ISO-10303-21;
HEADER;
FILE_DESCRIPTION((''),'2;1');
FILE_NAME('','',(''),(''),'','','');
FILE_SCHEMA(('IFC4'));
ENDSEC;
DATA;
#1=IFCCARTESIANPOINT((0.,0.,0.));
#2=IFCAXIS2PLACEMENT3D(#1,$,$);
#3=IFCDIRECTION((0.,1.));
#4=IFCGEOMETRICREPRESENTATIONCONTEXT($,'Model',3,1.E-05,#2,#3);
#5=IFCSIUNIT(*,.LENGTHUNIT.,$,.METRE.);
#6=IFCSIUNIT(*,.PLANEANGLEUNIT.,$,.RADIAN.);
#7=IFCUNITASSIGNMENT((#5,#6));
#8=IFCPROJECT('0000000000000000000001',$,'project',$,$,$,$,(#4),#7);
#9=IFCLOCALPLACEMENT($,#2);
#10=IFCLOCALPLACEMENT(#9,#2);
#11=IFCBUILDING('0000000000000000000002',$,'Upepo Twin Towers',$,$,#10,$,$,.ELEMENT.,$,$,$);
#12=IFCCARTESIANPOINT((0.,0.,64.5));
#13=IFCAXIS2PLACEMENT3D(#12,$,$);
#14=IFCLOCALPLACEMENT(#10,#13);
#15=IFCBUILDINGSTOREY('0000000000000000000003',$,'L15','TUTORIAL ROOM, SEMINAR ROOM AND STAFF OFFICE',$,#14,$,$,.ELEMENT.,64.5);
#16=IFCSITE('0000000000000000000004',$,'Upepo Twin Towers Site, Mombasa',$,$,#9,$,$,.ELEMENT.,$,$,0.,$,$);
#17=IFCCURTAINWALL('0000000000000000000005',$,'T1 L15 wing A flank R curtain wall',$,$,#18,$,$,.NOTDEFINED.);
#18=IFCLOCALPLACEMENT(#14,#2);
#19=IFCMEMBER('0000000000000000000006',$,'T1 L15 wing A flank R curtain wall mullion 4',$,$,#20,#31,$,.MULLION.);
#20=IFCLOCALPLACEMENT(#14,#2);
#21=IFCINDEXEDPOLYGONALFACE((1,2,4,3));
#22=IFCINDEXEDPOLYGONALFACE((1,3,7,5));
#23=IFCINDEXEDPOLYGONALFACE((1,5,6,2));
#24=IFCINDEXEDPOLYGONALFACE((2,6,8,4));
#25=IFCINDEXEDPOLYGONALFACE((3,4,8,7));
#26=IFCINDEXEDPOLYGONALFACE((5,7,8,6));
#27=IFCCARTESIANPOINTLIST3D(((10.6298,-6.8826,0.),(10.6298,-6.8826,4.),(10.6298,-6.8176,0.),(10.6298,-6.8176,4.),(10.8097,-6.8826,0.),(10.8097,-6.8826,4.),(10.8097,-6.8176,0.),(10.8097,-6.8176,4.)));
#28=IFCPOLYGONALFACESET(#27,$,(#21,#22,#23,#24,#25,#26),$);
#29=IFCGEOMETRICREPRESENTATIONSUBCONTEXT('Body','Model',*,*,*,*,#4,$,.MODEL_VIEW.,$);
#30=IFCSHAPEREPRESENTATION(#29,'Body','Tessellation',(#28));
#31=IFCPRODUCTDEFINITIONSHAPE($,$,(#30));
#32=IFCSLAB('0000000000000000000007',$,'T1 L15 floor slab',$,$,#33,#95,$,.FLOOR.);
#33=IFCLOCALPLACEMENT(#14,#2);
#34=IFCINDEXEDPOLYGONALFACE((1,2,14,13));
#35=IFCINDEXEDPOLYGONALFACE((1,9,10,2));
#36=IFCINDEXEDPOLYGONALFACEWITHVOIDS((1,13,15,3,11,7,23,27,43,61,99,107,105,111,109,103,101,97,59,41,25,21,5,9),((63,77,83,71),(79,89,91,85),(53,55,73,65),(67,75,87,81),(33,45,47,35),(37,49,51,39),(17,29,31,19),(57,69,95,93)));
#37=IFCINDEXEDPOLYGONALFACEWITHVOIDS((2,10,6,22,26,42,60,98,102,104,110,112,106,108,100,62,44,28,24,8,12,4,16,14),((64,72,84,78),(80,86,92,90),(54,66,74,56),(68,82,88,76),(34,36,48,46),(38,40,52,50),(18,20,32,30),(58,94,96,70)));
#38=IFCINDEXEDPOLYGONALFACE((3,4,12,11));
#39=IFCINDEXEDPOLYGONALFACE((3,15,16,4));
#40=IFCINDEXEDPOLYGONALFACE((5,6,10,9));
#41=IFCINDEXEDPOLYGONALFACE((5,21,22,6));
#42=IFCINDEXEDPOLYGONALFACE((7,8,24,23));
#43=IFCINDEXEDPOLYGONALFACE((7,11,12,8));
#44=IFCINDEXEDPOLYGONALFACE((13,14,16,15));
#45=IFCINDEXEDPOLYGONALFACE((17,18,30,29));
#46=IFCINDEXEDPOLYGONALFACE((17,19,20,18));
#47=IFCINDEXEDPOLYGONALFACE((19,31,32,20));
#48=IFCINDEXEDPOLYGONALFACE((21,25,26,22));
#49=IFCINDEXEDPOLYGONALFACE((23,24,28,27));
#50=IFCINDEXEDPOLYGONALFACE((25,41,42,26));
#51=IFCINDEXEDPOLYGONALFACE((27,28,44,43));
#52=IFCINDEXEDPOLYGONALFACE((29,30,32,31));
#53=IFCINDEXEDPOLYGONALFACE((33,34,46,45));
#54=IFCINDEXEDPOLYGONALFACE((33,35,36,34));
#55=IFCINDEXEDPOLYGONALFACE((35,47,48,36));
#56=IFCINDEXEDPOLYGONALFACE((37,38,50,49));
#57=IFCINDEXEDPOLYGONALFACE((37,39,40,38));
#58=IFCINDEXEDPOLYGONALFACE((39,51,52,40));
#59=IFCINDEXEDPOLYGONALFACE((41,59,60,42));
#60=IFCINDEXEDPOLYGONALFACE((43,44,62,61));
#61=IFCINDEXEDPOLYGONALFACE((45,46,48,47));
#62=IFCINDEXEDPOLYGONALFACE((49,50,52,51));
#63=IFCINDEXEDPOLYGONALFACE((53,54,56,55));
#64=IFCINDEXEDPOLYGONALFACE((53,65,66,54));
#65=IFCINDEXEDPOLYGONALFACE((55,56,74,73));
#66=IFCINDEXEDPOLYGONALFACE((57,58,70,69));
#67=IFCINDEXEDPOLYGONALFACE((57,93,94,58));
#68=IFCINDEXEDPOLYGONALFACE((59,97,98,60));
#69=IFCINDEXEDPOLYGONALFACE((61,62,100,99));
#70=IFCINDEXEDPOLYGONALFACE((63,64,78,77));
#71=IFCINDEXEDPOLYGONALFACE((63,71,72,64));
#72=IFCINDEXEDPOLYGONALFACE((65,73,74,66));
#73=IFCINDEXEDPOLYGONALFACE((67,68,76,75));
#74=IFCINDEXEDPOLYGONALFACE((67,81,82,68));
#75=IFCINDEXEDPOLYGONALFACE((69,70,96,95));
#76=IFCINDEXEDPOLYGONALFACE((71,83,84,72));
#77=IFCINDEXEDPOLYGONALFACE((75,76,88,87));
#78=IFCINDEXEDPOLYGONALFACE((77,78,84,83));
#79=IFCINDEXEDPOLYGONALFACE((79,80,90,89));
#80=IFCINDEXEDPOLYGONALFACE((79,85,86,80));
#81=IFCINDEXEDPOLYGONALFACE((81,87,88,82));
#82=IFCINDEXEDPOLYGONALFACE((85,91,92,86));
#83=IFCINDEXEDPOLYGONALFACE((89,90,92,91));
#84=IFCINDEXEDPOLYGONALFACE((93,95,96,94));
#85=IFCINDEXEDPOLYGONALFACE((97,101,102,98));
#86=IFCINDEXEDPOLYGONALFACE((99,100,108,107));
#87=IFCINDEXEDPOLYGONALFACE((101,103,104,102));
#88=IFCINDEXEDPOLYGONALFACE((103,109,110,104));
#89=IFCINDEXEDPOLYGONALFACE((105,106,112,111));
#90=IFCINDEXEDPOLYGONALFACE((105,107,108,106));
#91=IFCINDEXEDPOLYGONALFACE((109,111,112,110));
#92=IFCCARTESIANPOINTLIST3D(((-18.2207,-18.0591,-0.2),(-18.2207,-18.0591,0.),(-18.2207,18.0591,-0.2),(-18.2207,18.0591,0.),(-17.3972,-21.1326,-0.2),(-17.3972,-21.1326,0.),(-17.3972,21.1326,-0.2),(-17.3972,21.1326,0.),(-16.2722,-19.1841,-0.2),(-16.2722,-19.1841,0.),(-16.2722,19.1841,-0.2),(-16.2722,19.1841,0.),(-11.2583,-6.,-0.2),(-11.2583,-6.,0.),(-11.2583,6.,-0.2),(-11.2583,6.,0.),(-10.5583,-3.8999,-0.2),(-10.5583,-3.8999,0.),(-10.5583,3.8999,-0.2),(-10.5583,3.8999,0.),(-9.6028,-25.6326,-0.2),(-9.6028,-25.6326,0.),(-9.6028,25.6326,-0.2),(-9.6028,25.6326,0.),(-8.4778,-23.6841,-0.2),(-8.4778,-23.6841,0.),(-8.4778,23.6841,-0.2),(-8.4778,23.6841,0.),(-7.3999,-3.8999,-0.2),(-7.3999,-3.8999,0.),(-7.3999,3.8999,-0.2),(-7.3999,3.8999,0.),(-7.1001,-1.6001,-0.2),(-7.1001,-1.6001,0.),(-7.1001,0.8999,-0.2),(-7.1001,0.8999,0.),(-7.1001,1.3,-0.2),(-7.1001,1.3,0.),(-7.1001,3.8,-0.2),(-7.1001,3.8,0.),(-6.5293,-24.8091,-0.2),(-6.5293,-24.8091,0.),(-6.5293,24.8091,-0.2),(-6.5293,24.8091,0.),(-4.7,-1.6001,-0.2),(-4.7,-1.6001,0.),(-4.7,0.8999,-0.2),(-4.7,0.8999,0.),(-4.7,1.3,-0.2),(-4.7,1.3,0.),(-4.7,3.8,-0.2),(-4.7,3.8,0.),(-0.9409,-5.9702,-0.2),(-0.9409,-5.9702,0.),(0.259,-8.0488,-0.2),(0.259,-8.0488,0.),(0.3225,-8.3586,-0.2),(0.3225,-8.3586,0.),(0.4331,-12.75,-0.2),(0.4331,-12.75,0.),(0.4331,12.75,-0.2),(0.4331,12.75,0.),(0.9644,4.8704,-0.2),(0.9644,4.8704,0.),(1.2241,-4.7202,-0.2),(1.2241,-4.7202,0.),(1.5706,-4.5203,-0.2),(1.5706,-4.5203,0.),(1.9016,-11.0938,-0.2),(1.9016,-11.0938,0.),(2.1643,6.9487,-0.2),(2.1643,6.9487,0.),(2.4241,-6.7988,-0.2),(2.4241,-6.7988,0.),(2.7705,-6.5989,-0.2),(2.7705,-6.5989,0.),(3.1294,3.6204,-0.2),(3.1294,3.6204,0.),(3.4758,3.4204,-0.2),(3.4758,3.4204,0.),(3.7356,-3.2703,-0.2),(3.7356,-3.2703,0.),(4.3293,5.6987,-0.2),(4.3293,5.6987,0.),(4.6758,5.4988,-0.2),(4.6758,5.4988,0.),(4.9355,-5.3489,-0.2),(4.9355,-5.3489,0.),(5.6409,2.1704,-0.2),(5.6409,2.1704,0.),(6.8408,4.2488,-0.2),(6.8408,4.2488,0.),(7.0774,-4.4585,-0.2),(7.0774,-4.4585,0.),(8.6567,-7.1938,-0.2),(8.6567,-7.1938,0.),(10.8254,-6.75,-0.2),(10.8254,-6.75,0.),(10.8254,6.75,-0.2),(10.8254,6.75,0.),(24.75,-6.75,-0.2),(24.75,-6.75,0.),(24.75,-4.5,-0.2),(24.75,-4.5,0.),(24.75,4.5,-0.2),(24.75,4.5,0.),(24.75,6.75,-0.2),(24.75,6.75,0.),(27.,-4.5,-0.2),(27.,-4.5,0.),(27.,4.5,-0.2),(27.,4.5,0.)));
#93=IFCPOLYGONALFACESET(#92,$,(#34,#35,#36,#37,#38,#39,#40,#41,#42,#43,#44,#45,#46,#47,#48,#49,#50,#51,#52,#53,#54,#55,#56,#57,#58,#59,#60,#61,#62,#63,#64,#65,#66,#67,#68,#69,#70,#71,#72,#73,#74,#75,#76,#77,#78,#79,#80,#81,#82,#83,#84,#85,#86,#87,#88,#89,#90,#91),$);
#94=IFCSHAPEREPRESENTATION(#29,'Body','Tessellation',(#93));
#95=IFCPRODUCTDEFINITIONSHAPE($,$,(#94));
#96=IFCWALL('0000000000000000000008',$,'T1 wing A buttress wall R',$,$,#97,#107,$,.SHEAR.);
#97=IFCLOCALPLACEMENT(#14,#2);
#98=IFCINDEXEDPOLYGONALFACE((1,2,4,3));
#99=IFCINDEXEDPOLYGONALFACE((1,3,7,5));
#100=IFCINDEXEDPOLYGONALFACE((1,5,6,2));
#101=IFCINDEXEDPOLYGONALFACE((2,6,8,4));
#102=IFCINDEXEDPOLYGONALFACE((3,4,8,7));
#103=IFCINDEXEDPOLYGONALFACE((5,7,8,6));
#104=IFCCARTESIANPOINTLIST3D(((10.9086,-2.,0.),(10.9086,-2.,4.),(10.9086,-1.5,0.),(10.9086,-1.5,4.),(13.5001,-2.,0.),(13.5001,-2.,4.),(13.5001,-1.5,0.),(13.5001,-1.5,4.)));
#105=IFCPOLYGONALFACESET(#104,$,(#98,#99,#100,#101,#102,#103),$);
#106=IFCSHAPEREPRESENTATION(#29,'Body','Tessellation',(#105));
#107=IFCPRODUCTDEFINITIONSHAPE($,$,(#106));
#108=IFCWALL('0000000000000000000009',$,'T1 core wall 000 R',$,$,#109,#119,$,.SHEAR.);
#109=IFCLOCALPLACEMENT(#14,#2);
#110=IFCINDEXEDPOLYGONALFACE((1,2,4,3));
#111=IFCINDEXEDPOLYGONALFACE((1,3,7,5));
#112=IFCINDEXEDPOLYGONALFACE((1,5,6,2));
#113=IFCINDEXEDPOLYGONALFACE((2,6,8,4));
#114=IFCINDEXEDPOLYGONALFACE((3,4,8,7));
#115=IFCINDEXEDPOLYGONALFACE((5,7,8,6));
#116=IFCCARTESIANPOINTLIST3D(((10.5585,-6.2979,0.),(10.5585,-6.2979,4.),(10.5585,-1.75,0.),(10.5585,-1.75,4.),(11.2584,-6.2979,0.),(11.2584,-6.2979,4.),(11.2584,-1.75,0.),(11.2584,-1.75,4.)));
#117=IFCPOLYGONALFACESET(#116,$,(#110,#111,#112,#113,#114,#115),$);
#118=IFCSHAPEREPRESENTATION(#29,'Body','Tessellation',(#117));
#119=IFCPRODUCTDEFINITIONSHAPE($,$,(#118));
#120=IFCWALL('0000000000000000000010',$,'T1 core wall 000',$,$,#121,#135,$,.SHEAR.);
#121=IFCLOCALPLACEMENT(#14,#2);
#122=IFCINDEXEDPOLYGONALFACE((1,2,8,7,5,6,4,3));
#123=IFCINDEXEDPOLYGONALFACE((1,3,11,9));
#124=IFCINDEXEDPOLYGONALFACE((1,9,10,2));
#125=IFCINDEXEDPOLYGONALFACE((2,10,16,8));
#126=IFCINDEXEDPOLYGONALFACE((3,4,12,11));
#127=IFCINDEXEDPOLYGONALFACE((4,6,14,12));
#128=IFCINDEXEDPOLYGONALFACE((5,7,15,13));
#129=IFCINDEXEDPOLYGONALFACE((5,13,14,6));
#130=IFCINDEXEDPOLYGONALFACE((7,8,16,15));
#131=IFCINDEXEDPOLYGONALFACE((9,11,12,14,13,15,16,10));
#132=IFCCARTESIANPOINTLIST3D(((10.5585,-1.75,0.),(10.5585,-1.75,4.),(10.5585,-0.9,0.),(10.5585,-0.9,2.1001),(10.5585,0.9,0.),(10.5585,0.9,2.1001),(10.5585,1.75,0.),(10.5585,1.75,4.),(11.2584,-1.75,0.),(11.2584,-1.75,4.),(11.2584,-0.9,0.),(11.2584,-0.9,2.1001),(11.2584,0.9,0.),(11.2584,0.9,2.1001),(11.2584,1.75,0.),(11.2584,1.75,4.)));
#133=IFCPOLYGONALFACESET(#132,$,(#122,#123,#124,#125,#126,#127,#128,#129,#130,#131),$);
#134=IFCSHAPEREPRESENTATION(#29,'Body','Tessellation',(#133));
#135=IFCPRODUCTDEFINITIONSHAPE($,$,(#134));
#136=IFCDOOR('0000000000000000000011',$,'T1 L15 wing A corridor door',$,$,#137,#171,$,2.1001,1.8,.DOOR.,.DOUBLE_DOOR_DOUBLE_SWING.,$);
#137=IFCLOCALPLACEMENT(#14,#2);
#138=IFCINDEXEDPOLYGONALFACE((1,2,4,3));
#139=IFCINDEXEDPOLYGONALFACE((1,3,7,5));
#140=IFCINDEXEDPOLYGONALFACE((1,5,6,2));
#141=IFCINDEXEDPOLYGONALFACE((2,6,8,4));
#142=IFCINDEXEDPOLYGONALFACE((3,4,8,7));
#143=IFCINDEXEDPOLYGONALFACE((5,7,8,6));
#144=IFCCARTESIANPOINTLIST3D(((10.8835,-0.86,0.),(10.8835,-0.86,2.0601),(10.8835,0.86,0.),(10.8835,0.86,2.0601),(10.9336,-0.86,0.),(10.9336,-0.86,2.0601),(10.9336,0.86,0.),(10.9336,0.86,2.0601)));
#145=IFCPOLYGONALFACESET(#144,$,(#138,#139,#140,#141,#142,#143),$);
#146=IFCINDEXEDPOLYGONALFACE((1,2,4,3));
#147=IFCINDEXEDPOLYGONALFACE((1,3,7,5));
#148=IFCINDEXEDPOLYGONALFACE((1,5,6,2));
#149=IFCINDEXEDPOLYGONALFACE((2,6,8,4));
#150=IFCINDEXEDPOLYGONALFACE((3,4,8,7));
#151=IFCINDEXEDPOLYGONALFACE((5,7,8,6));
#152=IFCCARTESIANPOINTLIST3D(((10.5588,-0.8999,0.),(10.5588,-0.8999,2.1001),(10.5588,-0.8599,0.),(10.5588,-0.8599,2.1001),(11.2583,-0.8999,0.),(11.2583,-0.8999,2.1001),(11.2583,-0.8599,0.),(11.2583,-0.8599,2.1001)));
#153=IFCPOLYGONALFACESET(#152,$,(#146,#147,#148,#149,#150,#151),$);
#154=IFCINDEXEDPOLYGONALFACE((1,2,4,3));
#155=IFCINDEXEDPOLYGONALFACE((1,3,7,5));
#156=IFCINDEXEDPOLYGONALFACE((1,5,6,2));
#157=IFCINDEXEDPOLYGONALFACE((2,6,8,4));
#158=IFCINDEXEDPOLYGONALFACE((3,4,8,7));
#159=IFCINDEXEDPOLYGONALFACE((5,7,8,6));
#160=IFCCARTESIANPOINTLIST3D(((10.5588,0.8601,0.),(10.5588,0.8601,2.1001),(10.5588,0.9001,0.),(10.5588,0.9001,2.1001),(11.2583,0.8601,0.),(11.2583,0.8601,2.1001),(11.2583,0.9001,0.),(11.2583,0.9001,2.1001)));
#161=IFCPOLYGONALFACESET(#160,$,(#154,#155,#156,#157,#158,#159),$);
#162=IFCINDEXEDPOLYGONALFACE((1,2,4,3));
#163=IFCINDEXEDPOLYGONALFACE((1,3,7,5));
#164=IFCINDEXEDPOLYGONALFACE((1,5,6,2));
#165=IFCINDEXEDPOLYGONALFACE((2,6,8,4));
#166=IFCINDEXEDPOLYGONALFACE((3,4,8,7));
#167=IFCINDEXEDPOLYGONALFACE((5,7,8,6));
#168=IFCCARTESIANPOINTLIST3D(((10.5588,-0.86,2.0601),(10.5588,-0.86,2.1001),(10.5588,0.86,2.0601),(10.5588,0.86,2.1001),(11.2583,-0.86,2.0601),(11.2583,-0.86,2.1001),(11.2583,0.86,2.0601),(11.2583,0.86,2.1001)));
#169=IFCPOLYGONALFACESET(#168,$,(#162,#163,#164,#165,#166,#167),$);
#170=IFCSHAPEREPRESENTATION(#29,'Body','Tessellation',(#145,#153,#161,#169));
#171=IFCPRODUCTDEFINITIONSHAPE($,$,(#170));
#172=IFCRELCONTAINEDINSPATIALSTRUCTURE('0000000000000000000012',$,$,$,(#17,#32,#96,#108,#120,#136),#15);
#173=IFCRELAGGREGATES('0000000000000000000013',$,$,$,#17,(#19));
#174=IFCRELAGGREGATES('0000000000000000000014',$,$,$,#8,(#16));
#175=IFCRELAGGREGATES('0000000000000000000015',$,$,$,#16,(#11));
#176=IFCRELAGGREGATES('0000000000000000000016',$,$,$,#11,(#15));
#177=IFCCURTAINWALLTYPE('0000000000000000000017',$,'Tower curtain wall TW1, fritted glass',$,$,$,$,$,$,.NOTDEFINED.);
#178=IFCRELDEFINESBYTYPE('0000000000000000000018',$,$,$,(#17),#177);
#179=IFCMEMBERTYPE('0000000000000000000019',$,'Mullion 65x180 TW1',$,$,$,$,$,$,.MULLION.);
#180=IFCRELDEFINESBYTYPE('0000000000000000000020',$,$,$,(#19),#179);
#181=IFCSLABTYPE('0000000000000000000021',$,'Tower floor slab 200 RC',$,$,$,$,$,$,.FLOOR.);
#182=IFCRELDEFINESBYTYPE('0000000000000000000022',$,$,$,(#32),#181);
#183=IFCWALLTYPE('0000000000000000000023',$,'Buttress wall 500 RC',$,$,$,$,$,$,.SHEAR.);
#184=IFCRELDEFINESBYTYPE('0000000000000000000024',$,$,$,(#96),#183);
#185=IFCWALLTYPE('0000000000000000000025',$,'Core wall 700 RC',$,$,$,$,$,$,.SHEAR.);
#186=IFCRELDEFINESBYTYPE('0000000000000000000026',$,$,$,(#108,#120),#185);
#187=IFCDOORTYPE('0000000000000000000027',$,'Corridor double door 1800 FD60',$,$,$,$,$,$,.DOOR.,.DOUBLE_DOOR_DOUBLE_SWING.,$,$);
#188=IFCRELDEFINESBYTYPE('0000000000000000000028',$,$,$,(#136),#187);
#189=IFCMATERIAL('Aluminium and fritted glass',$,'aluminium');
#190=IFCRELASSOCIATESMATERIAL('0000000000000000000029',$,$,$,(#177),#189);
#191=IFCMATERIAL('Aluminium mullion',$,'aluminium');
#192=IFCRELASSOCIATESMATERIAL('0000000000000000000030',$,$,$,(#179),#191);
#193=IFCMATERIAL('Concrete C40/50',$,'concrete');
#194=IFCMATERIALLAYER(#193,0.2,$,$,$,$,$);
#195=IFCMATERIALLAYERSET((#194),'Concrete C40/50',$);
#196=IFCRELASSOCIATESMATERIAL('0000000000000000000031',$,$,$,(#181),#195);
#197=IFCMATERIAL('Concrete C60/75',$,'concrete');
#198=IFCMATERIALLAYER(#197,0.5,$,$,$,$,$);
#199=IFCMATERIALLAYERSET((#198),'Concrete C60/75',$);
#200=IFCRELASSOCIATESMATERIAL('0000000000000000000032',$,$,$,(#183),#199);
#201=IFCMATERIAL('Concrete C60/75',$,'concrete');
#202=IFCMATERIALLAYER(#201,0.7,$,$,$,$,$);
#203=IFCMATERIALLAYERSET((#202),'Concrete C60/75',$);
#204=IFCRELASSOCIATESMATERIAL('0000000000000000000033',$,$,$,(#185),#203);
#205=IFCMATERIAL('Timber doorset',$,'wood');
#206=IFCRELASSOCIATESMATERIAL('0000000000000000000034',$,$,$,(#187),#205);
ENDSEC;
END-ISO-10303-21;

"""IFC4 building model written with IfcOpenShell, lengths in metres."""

from ifc_helpers import new_model, si_unit, direction, frame, frame_2d, origin, origin_2d, place, context, subcontext, project, spatial, polyline, rectangle, outline, extrude, material, layer, layer_set, material_profile, profile_set, type_object, element, fill, aggregate, save


model = new_model("IFC4")

# Units and contexts
model_context = context("Model", 3, precision=1e-05, world=origin(), true_north=direction((0.0, 1.0)))
body_context = subcontext(model_context, "Body", "Model", "MODEL_VIEW")
ifc_project = project(units=[si_unit("LENGTHUNIT", "METRE"), si_unit("PLANEANGLEUNIT", "RADIAN")], contexts=[model_context])

# Site, building, storey
site_placement = place(None, origin())
site = spatial("IfcSite", under=ifc_project, at=site_placement, Name="Upepo Twin Towers Site, Mombasa", CompositionType="ELEMENT", RefElevation=0.0)
building_placement = place(site_placement, origin())
building = spatial("IfcBuilding", under=site, at=building_placement, Name="Upepo Twin Towers", CompositionType="ELEMENT")
storey_placement = place(building_placement, frame((0.0, 0.0, 64.5)))
storey = spatial("IfcBuildingStorey", under=building, at=storey_placement, Name="L15", Description="TUTORIAL ROOM, SEMINAR ROOM AND STAFF OFFICE", CompositionType="ELEMENT", Elevation=64.5)

# Curtain wall, member
ifc_material_1 = material(Name="Aluminium and fritted glass", Category="aluminium")
curtain_wall_type = type_object("IfcCurtainWallType", Name="Tower curtain wall TW1, fritted glass", PredefinedType="NOTDEFINED", material=ifc_material_1)
curtain_wall_placement = place(storey_placement, origin())
curtain_wall = element("IfcCurtainWall", 1, at=curtain_wall_placement, inside=storey, type_object=curtain_wall_type, Name="T1 L15 wing A flank R curtain wall", PredefinedType="NOTDEFINED")
ifc_material_2 = material(Name="Aluminium mullion", Category="aluminium")
ifc_material_profile = material_profile(ifc_material_2, rectangle(XDim=0.0649, YDim=0.1799, at=origin_2d()), Name="MULLION 65x180")
ifc_profile_set = profile_set([ifc_material_profile], Name="Aluminium mullion")
member_type = type_object("IfcMemberType", Name="Mullion 65x180 TW1", PredefinedType="MULLION", material=ifc_profile_set)
member_placement = place(storey_placement, frame((10.7197, -6.8501, 0.0), z_axis=(0.0, 0.0, 1.0), x_axis=(0.0, -1.0, 0.0)))
member = element("IfcMember", 2, at=member_placement, type_object=member_type, Name="T1 L15 wing A flank R curtain wall mullion 4", PredefinedType="MULLION", context=body_context, shape_type="SweptSolid", body=[
    extrude(rectangle(XDim=0.0649, YDim=0.1799, at=origin_2d()), origin(), (0.0, 0.0, 1.0), 4.0),
])
aggregate(curtain_wall, [member])

# Slab
ifc_material_3 = material(Name="Concrete C40/50", Category="concrete")
ifc_layer_1 = layer(ifc_material_3, 0.2)
ifc_layer_set_1 = layer_set([ifc_layer_1], Name="Concrete C40/50")
slab_type = type_object("IfcSlabType", Name="Tower floor slab 200 RC", PredefinedType="FLOOR", material=ifc_layer_set_1)
slab_placement = place(storey_placement, frame((0.0, 0.0, -0.2)))
element("IfcSlab", 3, at=slab_placement, inside=storey, type_object=slab_type, Name="T1 L15 floor slab", PredefinedType="FLOOR", context=body_context, shape_type="SweptSolid", body=[
    extrude(outline(polyline([(-8.4778, -23.6841), (-9.6028, -25.6326), (-17.3972, -21.1326), (-16.2722, -19.1841), (-18.2207, -18.0591), (-11.2583, -6.0), (-11.2583, 6.0), (-18.2207, 18.0591), (-16.2722, 19.1841), (-17.3972, 21.1326), (-9.6028, 25.6326), (-8.4778, 23.6841), (-6.5293, 24.8091), (0.4331, 12.75), (10.8254, 6.75), (24.75, 6.75), (24.75, 4.5), (27.0, 4.5), (27.0, -4.5), (24.75, -4.5), (24.75, -6.75), (10.8254, -6.75), (0.4331, -12.75), (-6.5293, -24.8091), (-8.4778, -23.6841)]), holes=[polyline([(5.6409, 2.1704), (6.8408, 4.2488), (4.6758, 5.4988), (3.4758, 3.4204), (5.6409, 2.1704)]), polyline([(3.1294, 3.6204), (4.3293, 5.6987), (2.1643, 6.9487), (0.9644, 4.8704), (3.1294, 3.6204)]), polyline([(-4.7, 3.8), (-7.1001, 3.8), (-7.1001, 1.3), (-4.7, 1.3), (-4.7, 3.8)]), polyline([(-4.7, 0.8999), (-7.1001, 0.8999), (-7.1001, -1.6001), (-4.7, -1.6001), (-4.7, 0.8999)]), polyline([(-7.3999, 3.8999), (-10.5583, 3.8999), (-10.5583, -3.8999), (-7.3999, -3.8999), (-7.3999, 3.8999)]), polyline([(-0.9409, -5.9702), (0.259, -8.0488), (2.4241, -6.7988), (1.2241, -4.7202), (-0.9409, -5.9702)]), polyline([(1.5706, -4.5203), (2.7705, -6.5989), (4.9355, -5.3489), (3.7356, -3.2703), (1.5706, -4.5203)]), polyline([(0.3225, -8.3586), (1.9016, -11.0938), (8.6567, -7.1938), (7.0774, -4.4585), (0.3225, -8.3586)])]), origin(), (0.0, 0.0, 1.0), 0.2),
])

# Walls
ifc_material_4 = material(Name="Concrete C60/75", Category="concrete")
ifc_layer_2 = layer(ifc_material_4, 0.5)
ifc_layer_set_2 = layer_set([ifc_layer_2], Name="Concrete C60/75")
wall_type_1 = type_object("IfcWallType", Name="Buttress wall 500 RC", PredefinedType="SHEAR", material=ifc_layer_set_2)
wall_1_placement = place(storey_placement, frame((10.9084, -1.75, 0.0), z_axis=(0.0, 0.0, 1.0), x_axis=(1.0, 0.0, 0.0)))
element("IfcWall", 4, at=wall_1_placement, inside=storey, type_object=wall_type_1, Name="T1 wing A buttress wall R", PredefinedType="SHEAR", context=body_context, shape_type="SweptSolid", body=[
    extrude(rectangle(XDim=2.5916, YDim=0.5, at=frame_2d((1.2959, 0.0))), origin(), (0.0, 0.0, 1.0), 4.0),
])
ifc_material_5 = material(Name="Concrete C60/75", Category="concrete")
ifc_layer_3 = layer(ifc_material_5, 0.7)
ifc_layer_set_3 = layer_set([ifc_layer_3], Name="Concrete C60/75")
wall_type_2 = type_object("IfcWallType", Name="Core wall 700 RC", PredefinedType="SHEAR", material=ifc_layer_set_3)
wall_2_placement = place(storey_placement, frame((10.9084, -6.2979, 0.0), z_axis=(0.0, 0.0, 1.0), x_axis=(0.0, 1.0, 0.0)))
element("IfcWall", 5, at=wall_2_placement, inside=storey, type_object=wall_type_2, Name="T1 core wall 000 R", PredefinedType="SHEAR", context=body_context, shape_type="SweptSolid", body=[
    extrude(rectangle(XDim=4.5479, YDim=0.7, at=frame_2d((2.2739, 0.0))), origin(), (0.0, 0.0, 1.0), 4.0),
])

# Wall, opening, door
wall_3_placement = place(storey_placement, frame((10.9084, -1.75, 0.0), z_axis=(0.0, 0.0, 1.0), x_axis=(0.0, 1.0, 0.0)))
wall_3 = element("IfcWall", 6, at=wall_3_placement, inside=storey, type_object=wall_type_2, Name="T1 core wall 000", PredefinedType="SHEAR", context=body_context, shape_type="SweptSolid", body=[
    extrude(rectangle(XDim=3.5, YDim=0.7, at=frame_2d((1.75, 0.0))), origin(), (0.0, 0.0, 1.0), 4.0),
])
opening_1_placement = place(wall_3_placement, frame((0.8501, 0.0, 0.0)))
opening_1 = element("IfcOpeningElement", 7, at=opening_1_placement, cuts=wall_3, PredefinedType="OPENING", context=body_context, shape_type="SweptSolid", body=[
    extrude(rectangle(XDim=1.8, YDim=2.1001, at=frame_2d((0.8999, 1.05))), frame((0.0, 0.3599, 0.0), z_axis=(0.0, -1.0, 0.0), x_axis=(1.0, 0.0, 0.0)), (0.0, 0.0, 1.0), 0.72),
])
ifc_material_6 = material(Name="Timber doorset", Category="wood")
door_type_1 = type_object("IfcDoorType", Name="Corridor double door 1800 FD60", OperationType="DOUBLE_DOOR_DOUBLE_SWING", PredefinedType="DOOR", material=ifc_material_6)
door_1_placement = place(opening_1_placement, origin())
door_1 = element("IfcDoor", 8, at=door_1_placement, inside=storey, type_object=door_type_1, Name="T1 L15 wing A corridor door", OperationType="DOUBLE_DOOR_DOUBLE_SWING", OverallHeight=2.1001, OverallWidth=1.8, PredefinedType="DOOR", context=body_context, shape_type="SweptSolid", body=[
    extrude(rectangle(XDim=1.72, YDim=2.0601, at=frame_2d((0.8999, 1.03))), frame((0.0, 0.0249, 0.0), z_axis=(0.0, -1.0, 0.0), x_axis=(1.0, 0.0, 0.0)), (0.0, 0.0, 1.0), 0.05),
    extrude(rectangle(XDim=0.04, YDim=2.1001, at=frame_2d((0.02, 1.05))), frame((0.0, 0.3496, 0.0), z_axis=(0.0, -1.0, 0.0), x_axis=(1.0, 0.0, 0.0)), (0.0, 0.0, 1.0), 0.6995),
    extrude(rectangle(XDim=0.04, YDim=2.1001, at=frame_2d((1.78, 1.05))), frame((0.0, 0.3496, 0.0), z_axis=(0.0, -1.0, 0.0), x_axis=(1.0, 0.0, 0.0)), (0.0, 0.0, 1.0), 0.6995),
    extrude(rectangle(XDim=1.72, YDim=0.04, at=frame_2d((0.8999, 2.0801))), frame((0.0, 0.3496, 0.0), z_axis=(0.0, -1.0, 0.0), x_axis=(1.0, 0.0, 0.0)), (0.0, 0.0, 1.0), 0.6995),
])
fill(opening_1, door_1)

save(model, "model.ifc")
